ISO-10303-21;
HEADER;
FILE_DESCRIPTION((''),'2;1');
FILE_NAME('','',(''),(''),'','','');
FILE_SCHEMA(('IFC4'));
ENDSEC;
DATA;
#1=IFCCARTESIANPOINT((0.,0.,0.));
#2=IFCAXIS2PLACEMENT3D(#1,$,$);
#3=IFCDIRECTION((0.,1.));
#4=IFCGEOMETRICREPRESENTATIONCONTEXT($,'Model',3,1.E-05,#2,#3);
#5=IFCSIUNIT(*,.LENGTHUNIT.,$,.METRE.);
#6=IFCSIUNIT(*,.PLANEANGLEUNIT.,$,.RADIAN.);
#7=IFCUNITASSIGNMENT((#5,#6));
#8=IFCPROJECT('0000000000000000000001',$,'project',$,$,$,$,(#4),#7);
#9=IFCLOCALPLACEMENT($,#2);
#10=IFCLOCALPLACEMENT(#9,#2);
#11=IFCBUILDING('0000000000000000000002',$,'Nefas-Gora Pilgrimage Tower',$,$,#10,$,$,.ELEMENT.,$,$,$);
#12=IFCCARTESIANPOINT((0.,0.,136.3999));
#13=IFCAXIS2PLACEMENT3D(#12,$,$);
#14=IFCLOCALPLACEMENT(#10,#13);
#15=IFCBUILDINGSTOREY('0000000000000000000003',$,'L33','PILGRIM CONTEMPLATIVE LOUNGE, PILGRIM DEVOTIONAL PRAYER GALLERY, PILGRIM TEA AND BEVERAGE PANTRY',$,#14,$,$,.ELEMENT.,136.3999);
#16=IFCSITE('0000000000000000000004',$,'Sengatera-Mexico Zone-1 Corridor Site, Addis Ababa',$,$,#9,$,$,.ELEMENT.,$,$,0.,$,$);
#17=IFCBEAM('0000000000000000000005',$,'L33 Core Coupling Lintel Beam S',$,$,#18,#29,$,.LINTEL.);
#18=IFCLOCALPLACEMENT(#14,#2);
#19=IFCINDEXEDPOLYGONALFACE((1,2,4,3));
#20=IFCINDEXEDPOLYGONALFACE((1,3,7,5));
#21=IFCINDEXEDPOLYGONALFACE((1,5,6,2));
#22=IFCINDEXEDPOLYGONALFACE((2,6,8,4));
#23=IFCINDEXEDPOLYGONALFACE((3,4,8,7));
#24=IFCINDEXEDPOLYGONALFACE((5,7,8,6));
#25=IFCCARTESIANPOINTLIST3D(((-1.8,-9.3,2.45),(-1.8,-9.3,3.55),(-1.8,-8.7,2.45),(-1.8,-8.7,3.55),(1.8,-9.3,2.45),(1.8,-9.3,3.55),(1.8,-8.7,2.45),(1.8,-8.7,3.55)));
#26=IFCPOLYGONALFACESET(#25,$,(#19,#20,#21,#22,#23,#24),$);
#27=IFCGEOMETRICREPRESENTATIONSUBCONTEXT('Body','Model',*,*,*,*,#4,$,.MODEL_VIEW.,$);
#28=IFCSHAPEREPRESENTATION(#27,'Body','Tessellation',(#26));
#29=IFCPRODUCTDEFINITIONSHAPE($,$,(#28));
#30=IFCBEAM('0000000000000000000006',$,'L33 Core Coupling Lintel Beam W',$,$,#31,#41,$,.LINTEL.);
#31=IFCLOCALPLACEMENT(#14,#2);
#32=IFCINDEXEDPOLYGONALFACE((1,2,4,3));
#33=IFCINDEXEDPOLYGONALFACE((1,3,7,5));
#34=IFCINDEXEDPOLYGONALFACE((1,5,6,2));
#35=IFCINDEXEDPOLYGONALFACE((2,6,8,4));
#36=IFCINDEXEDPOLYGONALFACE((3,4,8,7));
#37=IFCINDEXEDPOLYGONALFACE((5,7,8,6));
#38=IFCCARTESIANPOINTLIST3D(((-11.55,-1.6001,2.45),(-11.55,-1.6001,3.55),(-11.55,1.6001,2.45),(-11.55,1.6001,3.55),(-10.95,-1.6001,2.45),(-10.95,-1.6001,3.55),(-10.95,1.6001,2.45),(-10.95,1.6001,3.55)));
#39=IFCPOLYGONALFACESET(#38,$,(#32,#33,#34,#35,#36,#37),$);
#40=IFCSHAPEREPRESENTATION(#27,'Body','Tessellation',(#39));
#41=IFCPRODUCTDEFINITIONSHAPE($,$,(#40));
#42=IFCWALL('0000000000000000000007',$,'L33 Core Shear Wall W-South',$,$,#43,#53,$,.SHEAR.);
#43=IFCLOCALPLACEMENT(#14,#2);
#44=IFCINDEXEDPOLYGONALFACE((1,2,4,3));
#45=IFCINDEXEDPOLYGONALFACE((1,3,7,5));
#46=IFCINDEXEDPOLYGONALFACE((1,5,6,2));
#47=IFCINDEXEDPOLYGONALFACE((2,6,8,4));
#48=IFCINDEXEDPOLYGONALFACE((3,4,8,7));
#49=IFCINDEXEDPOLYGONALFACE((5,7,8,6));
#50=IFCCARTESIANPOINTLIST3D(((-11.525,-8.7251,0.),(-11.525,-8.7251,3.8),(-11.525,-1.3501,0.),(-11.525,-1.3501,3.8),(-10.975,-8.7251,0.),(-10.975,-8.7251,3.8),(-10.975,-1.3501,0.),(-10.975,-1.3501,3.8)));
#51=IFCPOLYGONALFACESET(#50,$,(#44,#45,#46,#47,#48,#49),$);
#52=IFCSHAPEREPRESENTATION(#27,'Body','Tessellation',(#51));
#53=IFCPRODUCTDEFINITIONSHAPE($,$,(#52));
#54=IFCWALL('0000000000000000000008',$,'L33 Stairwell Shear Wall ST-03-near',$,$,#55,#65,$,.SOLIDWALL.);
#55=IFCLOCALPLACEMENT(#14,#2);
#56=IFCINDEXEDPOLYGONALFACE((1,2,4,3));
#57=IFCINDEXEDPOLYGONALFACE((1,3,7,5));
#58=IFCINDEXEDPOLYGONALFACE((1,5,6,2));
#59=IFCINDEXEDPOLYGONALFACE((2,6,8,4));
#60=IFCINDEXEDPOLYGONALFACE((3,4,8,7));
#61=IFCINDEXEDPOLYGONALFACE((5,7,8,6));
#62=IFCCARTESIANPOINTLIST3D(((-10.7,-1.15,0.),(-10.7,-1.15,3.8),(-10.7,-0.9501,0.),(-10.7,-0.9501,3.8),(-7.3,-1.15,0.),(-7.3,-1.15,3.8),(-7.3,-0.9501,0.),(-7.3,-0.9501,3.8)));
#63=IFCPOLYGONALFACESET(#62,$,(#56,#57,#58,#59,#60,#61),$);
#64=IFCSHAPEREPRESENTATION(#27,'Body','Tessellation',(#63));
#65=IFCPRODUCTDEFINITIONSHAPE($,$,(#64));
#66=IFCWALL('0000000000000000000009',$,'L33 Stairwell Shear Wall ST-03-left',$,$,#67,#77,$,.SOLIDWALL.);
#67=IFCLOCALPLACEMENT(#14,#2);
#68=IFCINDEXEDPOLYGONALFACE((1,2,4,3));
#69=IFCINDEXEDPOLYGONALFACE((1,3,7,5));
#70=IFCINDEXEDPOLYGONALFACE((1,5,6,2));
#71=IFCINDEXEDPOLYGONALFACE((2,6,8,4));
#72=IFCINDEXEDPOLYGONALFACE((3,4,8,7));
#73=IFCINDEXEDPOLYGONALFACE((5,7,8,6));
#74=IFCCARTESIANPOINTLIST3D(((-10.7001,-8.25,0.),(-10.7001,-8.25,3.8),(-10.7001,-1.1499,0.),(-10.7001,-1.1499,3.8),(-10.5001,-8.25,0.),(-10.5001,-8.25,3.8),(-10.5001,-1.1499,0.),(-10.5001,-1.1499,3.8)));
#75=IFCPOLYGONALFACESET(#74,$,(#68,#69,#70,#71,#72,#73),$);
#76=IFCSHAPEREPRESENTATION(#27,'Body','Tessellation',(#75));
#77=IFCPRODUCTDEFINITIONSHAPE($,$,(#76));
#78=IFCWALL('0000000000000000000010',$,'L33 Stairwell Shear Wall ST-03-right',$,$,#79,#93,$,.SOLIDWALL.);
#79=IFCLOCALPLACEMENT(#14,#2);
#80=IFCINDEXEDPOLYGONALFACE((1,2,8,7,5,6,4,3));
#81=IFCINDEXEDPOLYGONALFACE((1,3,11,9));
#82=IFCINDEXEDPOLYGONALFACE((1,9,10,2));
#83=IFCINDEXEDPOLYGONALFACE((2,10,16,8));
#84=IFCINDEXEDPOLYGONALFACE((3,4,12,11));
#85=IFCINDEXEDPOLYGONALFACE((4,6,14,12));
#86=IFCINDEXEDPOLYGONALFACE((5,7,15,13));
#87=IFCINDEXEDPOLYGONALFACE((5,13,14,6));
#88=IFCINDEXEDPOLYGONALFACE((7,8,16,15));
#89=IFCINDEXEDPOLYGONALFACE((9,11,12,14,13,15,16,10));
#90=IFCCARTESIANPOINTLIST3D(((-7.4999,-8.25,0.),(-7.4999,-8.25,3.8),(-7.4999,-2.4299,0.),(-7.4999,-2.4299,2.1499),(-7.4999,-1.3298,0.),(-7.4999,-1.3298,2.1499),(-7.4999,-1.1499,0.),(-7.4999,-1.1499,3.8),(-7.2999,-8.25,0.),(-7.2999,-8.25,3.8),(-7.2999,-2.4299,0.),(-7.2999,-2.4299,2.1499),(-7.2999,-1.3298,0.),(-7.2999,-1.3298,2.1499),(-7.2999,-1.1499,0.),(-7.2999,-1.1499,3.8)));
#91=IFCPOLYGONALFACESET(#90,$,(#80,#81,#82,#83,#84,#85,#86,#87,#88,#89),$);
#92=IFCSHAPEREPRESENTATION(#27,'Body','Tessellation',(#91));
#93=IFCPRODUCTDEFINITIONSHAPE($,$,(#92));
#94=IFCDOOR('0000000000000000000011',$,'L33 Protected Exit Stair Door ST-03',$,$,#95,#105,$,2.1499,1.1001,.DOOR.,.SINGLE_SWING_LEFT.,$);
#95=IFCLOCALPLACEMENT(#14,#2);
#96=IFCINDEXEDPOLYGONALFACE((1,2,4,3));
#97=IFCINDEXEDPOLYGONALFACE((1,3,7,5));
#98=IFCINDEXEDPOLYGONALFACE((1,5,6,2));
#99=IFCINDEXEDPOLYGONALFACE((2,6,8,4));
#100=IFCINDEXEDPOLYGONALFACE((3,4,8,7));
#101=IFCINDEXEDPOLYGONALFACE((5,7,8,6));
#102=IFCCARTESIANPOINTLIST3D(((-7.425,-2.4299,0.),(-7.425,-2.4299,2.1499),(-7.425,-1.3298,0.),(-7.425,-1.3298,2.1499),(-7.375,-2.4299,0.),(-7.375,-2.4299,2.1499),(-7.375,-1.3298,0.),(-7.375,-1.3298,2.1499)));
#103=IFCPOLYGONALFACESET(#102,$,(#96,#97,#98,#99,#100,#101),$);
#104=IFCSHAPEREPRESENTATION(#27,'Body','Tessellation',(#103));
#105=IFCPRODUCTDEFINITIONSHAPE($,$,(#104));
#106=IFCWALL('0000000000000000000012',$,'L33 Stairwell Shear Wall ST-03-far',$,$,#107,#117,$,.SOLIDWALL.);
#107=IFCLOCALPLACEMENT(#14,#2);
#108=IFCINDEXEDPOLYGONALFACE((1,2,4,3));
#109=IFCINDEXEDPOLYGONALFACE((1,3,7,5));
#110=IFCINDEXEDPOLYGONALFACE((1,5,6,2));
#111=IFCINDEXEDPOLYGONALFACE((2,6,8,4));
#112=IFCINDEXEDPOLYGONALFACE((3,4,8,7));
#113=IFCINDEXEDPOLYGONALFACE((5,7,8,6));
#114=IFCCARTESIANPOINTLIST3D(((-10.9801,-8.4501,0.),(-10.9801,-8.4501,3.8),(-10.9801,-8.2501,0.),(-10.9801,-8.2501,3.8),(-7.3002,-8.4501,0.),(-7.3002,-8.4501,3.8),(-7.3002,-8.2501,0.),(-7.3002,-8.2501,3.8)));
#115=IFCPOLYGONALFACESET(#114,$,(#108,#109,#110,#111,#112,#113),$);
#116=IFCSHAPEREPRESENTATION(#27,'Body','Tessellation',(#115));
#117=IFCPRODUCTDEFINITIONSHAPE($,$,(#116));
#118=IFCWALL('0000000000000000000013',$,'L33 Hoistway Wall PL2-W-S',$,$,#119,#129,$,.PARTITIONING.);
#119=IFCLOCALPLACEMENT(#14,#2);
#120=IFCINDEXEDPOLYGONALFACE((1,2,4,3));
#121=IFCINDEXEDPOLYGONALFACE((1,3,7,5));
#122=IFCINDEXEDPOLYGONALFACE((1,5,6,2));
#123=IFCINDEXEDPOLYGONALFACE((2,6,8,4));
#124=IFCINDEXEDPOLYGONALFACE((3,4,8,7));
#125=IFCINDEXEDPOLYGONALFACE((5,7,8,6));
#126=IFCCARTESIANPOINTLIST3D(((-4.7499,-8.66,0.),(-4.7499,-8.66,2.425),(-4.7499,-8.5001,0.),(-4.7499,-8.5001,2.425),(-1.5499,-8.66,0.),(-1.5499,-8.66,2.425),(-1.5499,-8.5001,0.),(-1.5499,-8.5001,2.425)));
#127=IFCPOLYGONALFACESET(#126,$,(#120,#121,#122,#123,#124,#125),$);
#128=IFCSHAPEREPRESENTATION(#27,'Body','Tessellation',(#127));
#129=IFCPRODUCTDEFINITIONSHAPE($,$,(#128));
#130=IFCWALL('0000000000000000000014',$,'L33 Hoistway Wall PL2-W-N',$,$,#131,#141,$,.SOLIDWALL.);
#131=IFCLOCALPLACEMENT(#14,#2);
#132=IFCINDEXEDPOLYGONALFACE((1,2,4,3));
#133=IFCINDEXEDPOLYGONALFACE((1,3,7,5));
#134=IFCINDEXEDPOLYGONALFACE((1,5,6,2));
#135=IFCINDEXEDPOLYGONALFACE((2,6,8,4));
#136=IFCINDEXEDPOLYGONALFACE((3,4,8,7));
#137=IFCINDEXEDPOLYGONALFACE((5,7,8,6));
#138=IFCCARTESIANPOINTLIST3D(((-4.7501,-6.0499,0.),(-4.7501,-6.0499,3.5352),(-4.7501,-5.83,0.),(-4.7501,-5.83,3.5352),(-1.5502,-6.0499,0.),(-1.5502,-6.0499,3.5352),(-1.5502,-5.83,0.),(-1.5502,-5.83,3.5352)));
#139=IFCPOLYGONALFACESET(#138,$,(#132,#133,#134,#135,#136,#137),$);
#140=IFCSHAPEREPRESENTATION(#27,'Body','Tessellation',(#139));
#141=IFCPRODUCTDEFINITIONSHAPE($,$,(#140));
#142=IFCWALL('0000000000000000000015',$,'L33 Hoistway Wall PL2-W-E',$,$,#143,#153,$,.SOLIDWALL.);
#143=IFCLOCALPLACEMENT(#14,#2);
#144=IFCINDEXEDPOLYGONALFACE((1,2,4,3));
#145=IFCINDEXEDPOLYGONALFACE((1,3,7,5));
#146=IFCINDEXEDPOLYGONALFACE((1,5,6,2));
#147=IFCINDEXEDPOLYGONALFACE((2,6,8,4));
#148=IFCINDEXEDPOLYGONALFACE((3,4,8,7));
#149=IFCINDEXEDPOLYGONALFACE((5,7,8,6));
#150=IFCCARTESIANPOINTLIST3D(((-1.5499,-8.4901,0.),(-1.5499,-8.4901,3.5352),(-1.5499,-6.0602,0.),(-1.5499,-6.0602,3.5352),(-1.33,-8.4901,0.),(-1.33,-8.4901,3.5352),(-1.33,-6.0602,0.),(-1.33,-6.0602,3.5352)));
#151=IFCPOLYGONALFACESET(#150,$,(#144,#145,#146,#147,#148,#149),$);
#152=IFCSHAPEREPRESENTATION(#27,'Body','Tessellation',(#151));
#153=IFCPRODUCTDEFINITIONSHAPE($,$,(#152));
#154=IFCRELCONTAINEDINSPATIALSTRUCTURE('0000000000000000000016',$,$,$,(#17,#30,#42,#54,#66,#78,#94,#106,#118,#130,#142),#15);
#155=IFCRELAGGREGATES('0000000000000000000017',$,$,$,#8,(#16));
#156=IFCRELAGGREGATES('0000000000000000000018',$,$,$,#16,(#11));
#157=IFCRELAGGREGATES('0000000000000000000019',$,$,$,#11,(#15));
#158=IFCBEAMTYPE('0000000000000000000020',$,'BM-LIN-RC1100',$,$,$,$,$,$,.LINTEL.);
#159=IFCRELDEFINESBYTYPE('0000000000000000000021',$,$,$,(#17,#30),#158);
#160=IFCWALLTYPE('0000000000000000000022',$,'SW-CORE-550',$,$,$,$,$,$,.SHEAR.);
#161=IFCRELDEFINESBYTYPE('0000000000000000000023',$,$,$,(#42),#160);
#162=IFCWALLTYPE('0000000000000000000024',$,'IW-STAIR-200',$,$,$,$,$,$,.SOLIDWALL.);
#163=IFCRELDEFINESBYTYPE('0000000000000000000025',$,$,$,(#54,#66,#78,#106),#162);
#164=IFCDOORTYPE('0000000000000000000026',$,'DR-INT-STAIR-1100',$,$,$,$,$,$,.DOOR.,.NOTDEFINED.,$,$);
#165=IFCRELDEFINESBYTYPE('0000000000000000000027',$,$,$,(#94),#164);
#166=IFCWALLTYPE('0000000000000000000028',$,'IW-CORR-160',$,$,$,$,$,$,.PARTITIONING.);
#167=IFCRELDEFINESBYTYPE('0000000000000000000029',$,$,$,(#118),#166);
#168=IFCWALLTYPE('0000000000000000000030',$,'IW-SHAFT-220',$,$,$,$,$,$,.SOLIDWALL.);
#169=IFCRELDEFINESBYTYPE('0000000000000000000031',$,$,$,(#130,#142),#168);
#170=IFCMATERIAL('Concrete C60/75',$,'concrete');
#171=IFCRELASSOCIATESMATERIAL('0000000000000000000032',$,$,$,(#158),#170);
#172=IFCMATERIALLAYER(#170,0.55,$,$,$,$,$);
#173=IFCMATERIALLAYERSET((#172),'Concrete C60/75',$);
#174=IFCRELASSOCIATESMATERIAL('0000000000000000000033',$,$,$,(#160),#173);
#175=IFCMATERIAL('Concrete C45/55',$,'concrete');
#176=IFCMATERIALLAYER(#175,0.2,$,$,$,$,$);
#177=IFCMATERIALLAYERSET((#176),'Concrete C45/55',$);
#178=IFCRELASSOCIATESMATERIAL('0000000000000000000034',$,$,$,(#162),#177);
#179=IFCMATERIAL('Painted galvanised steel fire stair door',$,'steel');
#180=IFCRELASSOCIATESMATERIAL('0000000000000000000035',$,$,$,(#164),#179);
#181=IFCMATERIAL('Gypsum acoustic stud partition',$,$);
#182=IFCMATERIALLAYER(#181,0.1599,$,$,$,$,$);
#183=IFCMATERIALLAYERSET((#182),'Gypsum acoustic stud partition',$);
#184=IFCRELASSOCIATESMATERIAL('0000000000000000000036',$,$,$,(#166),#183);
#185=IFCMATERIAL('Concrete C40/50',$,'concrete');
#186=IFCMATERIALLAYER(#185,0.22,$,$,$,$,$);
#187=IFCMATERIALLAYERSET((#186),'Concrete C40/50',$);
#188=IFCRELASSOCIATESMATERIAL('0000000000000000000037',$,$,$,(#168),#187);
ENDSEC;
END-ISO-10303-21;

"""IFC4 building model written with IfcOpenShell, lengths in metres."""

from ifc_helpers import new_model, si_unit, direction, frame, frame_2d, origin, origin_2d, place, context, subcontext, project, spatial, rectangle, extrude, source, transform, mapped, material, layer, layer_set, material_profile, profile_set, type_object, element, fill, save


model = new_model("IFC4")

# Units and contexts
model_context = context("Model", 3, precision=1e-05, world=origin(), true_north=direction((0.0, 1.0)))
body_context = subcontext(model_context, "Body", "Model", "MODEL_VIEW")
ifc_project = project(units=[si_unit("LENGTHUNIT", "METRE"), si_unit("PLANEANGLEUNIT", "RADIAN")], contexts=[model_context])

# Site, building, storey
site_placement = place(None, origin())
site = spatial("IfcSite", under=ifc_project, at=site_placement, Name="Sengatera-Mexico Zone-1 Corridor Site, Addis Ababa", CompositionType="ELEMENT", RefElevation=0.0)
building_placement = place(site_placement, origin())
building = spatial("IfcBuilding", under=site, at=building_placement, Name="Nefas-Gora Pilgrimage Tower", CompositionType="ELEMENT")
storey_placement = place(building_placement, frame((0.0, 0.0, 136.3999)))
storey = spatial("IfcBuildingStorey", under=building, at=storey_placement, Name="L33", Description="PILGRIM CONTEMPLATIVE LOUNGE, PILGRIM DEVOTIONAL PRAYER GALLERY, PILGRIM TEA AND BEVERAGE PANTRY", CompositionType="ELEMENT", Elevation=136.3999)

# Beams
ifc_material_1 = material(Name="Concrete C60/75", Category="concrete")
ifc_material_profile = material_profile(ifc_material_1, rectangle(XDim=0.6001, YDim=1.1001, at=origin_2d()), Name="RC 600x1100")
ifc_profile_set = profile_set([ifc_material_profile], Name="Concrete C60/75")
beam_type = type_object("IfcBeamType", Name="BM-LIN-RC1100", PredefinedType="LINTEL", material=ifc_profile_set)
shared_shape_1 = source(origin(), body_context, "Body", "SweptSolid", [
    extrude(rectangle(XDim=0.6001, YDim=1.1001, at=origin_2d()), origin(), (0.0, 0.0, 1.0), 3.6001),
])
beam_1_placement = place(storey_placement, frame((-1.8, -9.0, 3.0), z_axis=(1.0, 0.0, 0.0), x_axis=(0.0, 1.0, 0.0)))
element("IfcBeam", 1, at=beam_1_placement, inside=storey, type_object=beam_type, Name="L33 Core Coupling Lintel Beam S", PredefinedType="LINTEL", context=body_context, shape_type="MappedRepresentation", body=[
    mapped(shared_shape_1, transform((0.0, 0.0, 0.0), x_axis=(1.0, 0.0, 0.0), y_axis=(0.0, 1.0, 0.0), z_axis=(0.0, 0.0, 1.0), scale=1.0)),
])
shared_shape_2 = source(origin(), body_context, "Body", "SweptSolid", [
    extrude(rectangle(XDim=0.6001, YDim=1.1001, at=origin_2d()), origin(), (0.0, 0.0, 1.0), 3.2002),
])
beam_2_placement = place(storey_placement, frame((-11.25, -1.6001, 3.0), z_axis=(0.0, 1.0, 0.0), x_axis=(-1.0, 0.0, 0.0)))
element("IfcBeam", 2, at=beam_2_placement, inside=storey, type_object=beam_type, Name="L33 Core Coupling Lintel Beam W", PredefinedType="LINTEL", context=body_context, shape_type="MappedRepresentation", body=[
    mapped(shared_shape_2, transform((0.0, 0.0, 0.0), x_axis=(1.0, 0.0, 0.0), y_axis=(0.0, 1.0, 0.0), z_axis=(0.0, 0.0, 1.0), scale=1.0)),
])

# Walls
ifc_layer_1 = layer(ifc_material_1, 0.55)
ifc_layer_set_1 = layer_set([ifc_layer_1], Name="Concrete C60/75")
wall_type_1 = type_object("IfcWallType", Name="SW-CORE-550", PredefinedType="SHEAR", material=ifc_layer_set_1)
shared_shape_3 = source(origin(), body_context, "Body", "SweptSolid", [
    extrude(rectangle(XDim=7.375, YDim=0.55, at=frame_2d((3.6875, 0.0))), origin(), (0.0, 0.0, 1.0), 3.8),
])
wall_1_placement = place(storey_placement, frame((-11.25, -8.7251, 0.0), z_axis=(0.0, 0.0, 1.0), x_axis=(0.0, 1.0, 0.0)))
element("IfcWall", 3, at=wall_1_placement, inside=storey, type_object=wall_type_1, Name="L33 Core Shear Wall W-South", PredefinedType="SHEAR", context=body_context, shape_type="MappedRepresentation", body=[
    mapped(shared_shape_3, transform((0.0, 0.0, 0.0), x_axis=(1.0, 0.0, 0.0), y_axis=(0.0, 1.0, 0.0), z_axis=(0.0, 0.0, 1.0), scale=1.0)),
])
ifc_material_2 = material(Name="Concrete C45/55", Category="concrete")
ifc_layer_2 = layer(ifc_material_2, 0.2)
ifc_layer_set_2 = layer_set([ifc_layer_2], Name="Concrete C45/55")
wall_type_2 = type_object("IfcWallType", Name="IW-STAIR-200", PredefinedType="SOLIDWALL", material=ifc_layer_set_2)
shared_shape_4 = source(origin(), body_context, "Body", "SweptSolid", [
    extrude(rectangle(XDim=3.3999, YDim=0.2, at=frame_2d((1.7, 0.0))), origin(), (0.0, 0.0, 1.0), 3.8),
])
wall_2_placement = place(storey_placement, frame((-10.7, -1.05, 0.0), z_axis=(0.0, 0.0, 1.0), x_axis=(1.0, 0.0, 0.0)))
element("IfcWall", 4, at=wall_2_placement, inside=storey, type_object=wall_type_2, Name="L33 Stairwell Shear Wall ST-03-near", PredefinedType="SOLIDWALL", context=body_context, shape_type="MappedRepresentation", body=[
    mapped(shared_shape_4, transform((0.0, 0.0, 0.0), x_axis=(1.0, 0.0, 0.0), y_axis=(0.0, 1.0, 0.0), z_axis=(0.0, 0.0, 1.0), scale=1.0)),
])
shared_shape_5 = source(origin(), body_context, "Body", "SweptSolid", [
    extrude(rectangle(XDim=7.1001, YDim=0.2, at=frame_2d((3.55, 0.0))), origin(), (0.0, 0.0, 1.0), 3.8),
])
wall_3_placement = place(storey_placement, frame((-10.6001, -1.1499, 0.0), z_axis=(0.0, 0.0, 1.0), x_axis=(0.0, -1.0, 0.0)))
element("IfcWall", 5, at=wall_3_placement, inside=storey, type_object=wall_type_2, Name="L33 Stairwell Shear Wall ST-03-left", PredefinedType="SOLIDWALL", context=body_context, shape_type="MappedRepresentation", body=[
    mapped(shared_shape_5, transform((0.0, 0.0, 0.0), x_axis=(1.0, 0.0, 0.0), y_axis=(0.0, 1.0, 0.0), z_axis=(0.0, 0.0, 1.0), scale=1.0)),
])

# Wall, opening, door
wall_4_placement = place(storey_placement, frame((-7.3999, -1.1499, 0.0), z_axis=(0.0, 0.0, 1.0), x_axis=(0.0, -1.0, 0.0)))
wall_4 = element("IfcWall", 6, at=wall_4_placement, inside=storey, type_object=wall_type_2, Name="L33 Stairwell Shear Wall ST-03-right", PredefinedType="SOLIDWALL", context=body_context, shape_type="MappedRepresentation", body=[
    mapped(shared_shape_5, transform((0.0, 0.0, 0.0), x_axis=(1.0, 0.0, 0.0), y_axis=(0.0, 1.0, 0.0), z_axis=(0.0, 0.0, 1.0), scale=1.0)),
])
opening_1_placement = place(wall_4_placement, frame((0.1799, 0.0, 0.0)))
opening_1 = element("IfcOpeningElement", 7, at=opening_1_placement, cuts=wall_4, PredefinedType="OPENING", context=body_context, shape_type="SweptSolid", body=[
    extrude(rectangle(XDim=1.1001, YDim=2.1499, at=frame_2d((0.55, 1.075))), frame((0.0, 0.1099, 0.0), z_axis=(0.0, -1.0, 0.0), x_axis=(1.0, 0.0, 0.0)), (0.0, 0.0, 1.0), 0.22),
])
ifc_material_3 = material(Name="Painted galvanised steel fire stair door", Category="steel")
door_type_1 = type_object("IfcDoorType", Name="DR-INT-STAIR-1100", OperationType="NOTDEFINED", PredefinedType="DOOR", material=ifc_material_3)
shared_shape_6 = source(origin(), body_context, "Body", "SweptSolid", [
    extrude(rectangle(XDim=1.1001, YDim=2.1499, at=frame_2d((0.55, 1.075))), frame((0.0, 0.0249, 0.0), z_axis=(0.0, -1.0, 0.0), x_axis=(1.0, 0.0, 0.0)), (0.0, 0.0, 1.0), 0.05),
])
door_1_placement = place(opening_1_placement, origin())
door_1 = element("IfcDoor", 8, at=door_1_placement, inside=storey, type_object=door_type_1, Name="L33 Protected Exit Stair Door ST-03", OperationType="SINGLE_SWING_LEFT", OverallHeight=2.1499, OverallWidth=1.1001, PredefinedType="DOOR", context=body_context, shape_type="MappedRepresentation", body=[
    mapped(shared_shape_6, transform((0.0, 0.0, 0.0), x_axis=(1.0, 0.0, 0.0), y_axis=(0.0, 1.0, 0.0), z_axis=(0.0, 0.0, 1.0), scale=1.0)),
])
fill(opening_1, door_1)

# Walls
shared_shape_7 = source(origin(), body_context, "Body", "SweptSolid", [
    extrude(rectangle(XDim=3.6799, YDim=0.2, at=frame_2d((1.8398, 0.0))), origin(), (0.0, 0.0, 1.0), 3.8),
])
wall_5_placement = place(storey_placement, frame((-10.98, -8.3501, 0.0), z_axis=(0.0, 0.0, 1.0), x_axis=(1.0, 0.0, 0.0)))
element("IfcWall", 9, at=wall_5_placement, inside=storey, type_object=wall_type_2, Name="L33 Stairwell Shear Wall ST-03-far", PredefinedType="SOLIDWALL", context=body_context, shape_type="MappedRepresentation", body=[
    mapped(shared_shape_7, transform((0.0, 0.0, 0.0), x_axis=(1.0, 0.0, 0.0), y_axis=(0.0, 1.0, 0.0), z_axis=(0.0, 0.0, 1.0), scale=1.0)),
])
ifc_material_4 = material(Name="Gypsum acoustic stud partition")
ifc_layer_3 = layer(ifc_material_4, 0.1599)
ifc_layer_set_3 = layer_set([ifc_layer_3], Name="Gypsum acoustic stud partition")
wall_type_3 = type_object("IfcWallType", Name="IW-CORR-160", PredefinedType="PARTITIONING", material=ifc_layer_set_3)
shared_shape_8 = source(origin(), body_context, "Body", "SweptSolid", [
    extrude(rectangle(XDim=3.2, YDim=0.1599, at=frame_2d((1.6001, 0.0))), origin(), (0.0, 0.0, 1.0), 2.425),
])
wall_6_placement = place(storey_placement, frame((-4.75, -8.5801, 0.0), z_axis=(0.0, 0.0, 1.0), x_axis=(1.0, 0.0, 0.0)))
element("IfcWall", 10, at=wall_6_placement, inside=storey, type_object=wall_type_3, Name="L33 Hoistway Wall PL2-W-S", PredefinedType="PARTITIONING", context=body_context, shape_type="MappedRepresentation", body=[
    mapped(shared_shape_8, transform((0.0, 0.0, 0.0), x_axis=(1.0, 0.0, 0.0), y_axis=(0.0, 1.0, 0.0), z_axis=(0.0, 0.0, 1.0), scale=1.0)),
])
ifc_material_5 = material(Name="Concrete C40/50", Category="concrete")
ifc_layer_4 = layer(ifc_material_5, 0.22)
ifc_layer_set_4 = layer_set([ifc_layer_4], Name="Concrete C40/50")
wall_type_4 = type_object("IfcWallType", Name="IW-SHAFT-220", PredefinedType="SOLIDWALL", material=ifc_layer_set_4)
shared_shape_9 = source(origin(), body_context, "Body", "SweptSolid", [
    extrude(rectangle(XDim=3.2, YDim=0.22, at=frame_2d((1.6001, 0.0))), origin(), (0.0, 0.0, 1.0), 3.5352),
])
wall_7_placement = place(storey_placement, frame((-1.55, -5.9399, 0.0), z_axis=(0.0, 0.0, 1.0), x_axis=(-1.0, 0.0, 0.0)))
element("IfcWall", 11, at=wall_7_placement, inside=storey, type_object=wall_type_4, Name="L33 Hoistway Wall PL2-W-N", PredefinedType="SOLIDWALL", context=body_context, shape_type="MappedRepresentation", body=[
    mapped(shared_shape_9, transform((0.0, 0.0, 0.0), x_axis=(1.0, 0.0, 0.0), y_axis=(0.0, 1.0, 0.0), z_axis=(0.0, 0.0, 1.0), scale=1.0)),
])
shared_shape_10 = source(origin(), body_context, "Body", "SweptSolid", [
    extrude(rectangle(XDim=2.4299, YDim=0.22, at=frame_2d((1.2148, 0.0))), origin(), (0.0, 0.0, 1.0), 3.5352),
])
for number, where, z_axis, x_axis, name in (
    (12, (-1.4399, -8.49, 0.0), (0.0, 0.0, 1.0), (0.0, 1.0, 0.0), "L33 Hoistway Wall PL2-W-E"),
):
    element("IfcWall", number, at=place(storey_placement, frame(where, z_axis=z_axis, x_axis=x_axis)), inside=storey, type_object=wall_type_4, Name=name, PredefinedType="SOLIDWALL", context=body_context, shape_type="MappedRepresentation", body=[
        mapped(shared_shape_10, transform((0.0, 0.0, 0.0), x_axis=(1.0, 0.0, 0.0), y_axis=(0.0, 1.0, 0.0), z_axis=(0.0, 0.0, 1.0), scale=1.0)),
    ])

save(model, "model.ifc")
